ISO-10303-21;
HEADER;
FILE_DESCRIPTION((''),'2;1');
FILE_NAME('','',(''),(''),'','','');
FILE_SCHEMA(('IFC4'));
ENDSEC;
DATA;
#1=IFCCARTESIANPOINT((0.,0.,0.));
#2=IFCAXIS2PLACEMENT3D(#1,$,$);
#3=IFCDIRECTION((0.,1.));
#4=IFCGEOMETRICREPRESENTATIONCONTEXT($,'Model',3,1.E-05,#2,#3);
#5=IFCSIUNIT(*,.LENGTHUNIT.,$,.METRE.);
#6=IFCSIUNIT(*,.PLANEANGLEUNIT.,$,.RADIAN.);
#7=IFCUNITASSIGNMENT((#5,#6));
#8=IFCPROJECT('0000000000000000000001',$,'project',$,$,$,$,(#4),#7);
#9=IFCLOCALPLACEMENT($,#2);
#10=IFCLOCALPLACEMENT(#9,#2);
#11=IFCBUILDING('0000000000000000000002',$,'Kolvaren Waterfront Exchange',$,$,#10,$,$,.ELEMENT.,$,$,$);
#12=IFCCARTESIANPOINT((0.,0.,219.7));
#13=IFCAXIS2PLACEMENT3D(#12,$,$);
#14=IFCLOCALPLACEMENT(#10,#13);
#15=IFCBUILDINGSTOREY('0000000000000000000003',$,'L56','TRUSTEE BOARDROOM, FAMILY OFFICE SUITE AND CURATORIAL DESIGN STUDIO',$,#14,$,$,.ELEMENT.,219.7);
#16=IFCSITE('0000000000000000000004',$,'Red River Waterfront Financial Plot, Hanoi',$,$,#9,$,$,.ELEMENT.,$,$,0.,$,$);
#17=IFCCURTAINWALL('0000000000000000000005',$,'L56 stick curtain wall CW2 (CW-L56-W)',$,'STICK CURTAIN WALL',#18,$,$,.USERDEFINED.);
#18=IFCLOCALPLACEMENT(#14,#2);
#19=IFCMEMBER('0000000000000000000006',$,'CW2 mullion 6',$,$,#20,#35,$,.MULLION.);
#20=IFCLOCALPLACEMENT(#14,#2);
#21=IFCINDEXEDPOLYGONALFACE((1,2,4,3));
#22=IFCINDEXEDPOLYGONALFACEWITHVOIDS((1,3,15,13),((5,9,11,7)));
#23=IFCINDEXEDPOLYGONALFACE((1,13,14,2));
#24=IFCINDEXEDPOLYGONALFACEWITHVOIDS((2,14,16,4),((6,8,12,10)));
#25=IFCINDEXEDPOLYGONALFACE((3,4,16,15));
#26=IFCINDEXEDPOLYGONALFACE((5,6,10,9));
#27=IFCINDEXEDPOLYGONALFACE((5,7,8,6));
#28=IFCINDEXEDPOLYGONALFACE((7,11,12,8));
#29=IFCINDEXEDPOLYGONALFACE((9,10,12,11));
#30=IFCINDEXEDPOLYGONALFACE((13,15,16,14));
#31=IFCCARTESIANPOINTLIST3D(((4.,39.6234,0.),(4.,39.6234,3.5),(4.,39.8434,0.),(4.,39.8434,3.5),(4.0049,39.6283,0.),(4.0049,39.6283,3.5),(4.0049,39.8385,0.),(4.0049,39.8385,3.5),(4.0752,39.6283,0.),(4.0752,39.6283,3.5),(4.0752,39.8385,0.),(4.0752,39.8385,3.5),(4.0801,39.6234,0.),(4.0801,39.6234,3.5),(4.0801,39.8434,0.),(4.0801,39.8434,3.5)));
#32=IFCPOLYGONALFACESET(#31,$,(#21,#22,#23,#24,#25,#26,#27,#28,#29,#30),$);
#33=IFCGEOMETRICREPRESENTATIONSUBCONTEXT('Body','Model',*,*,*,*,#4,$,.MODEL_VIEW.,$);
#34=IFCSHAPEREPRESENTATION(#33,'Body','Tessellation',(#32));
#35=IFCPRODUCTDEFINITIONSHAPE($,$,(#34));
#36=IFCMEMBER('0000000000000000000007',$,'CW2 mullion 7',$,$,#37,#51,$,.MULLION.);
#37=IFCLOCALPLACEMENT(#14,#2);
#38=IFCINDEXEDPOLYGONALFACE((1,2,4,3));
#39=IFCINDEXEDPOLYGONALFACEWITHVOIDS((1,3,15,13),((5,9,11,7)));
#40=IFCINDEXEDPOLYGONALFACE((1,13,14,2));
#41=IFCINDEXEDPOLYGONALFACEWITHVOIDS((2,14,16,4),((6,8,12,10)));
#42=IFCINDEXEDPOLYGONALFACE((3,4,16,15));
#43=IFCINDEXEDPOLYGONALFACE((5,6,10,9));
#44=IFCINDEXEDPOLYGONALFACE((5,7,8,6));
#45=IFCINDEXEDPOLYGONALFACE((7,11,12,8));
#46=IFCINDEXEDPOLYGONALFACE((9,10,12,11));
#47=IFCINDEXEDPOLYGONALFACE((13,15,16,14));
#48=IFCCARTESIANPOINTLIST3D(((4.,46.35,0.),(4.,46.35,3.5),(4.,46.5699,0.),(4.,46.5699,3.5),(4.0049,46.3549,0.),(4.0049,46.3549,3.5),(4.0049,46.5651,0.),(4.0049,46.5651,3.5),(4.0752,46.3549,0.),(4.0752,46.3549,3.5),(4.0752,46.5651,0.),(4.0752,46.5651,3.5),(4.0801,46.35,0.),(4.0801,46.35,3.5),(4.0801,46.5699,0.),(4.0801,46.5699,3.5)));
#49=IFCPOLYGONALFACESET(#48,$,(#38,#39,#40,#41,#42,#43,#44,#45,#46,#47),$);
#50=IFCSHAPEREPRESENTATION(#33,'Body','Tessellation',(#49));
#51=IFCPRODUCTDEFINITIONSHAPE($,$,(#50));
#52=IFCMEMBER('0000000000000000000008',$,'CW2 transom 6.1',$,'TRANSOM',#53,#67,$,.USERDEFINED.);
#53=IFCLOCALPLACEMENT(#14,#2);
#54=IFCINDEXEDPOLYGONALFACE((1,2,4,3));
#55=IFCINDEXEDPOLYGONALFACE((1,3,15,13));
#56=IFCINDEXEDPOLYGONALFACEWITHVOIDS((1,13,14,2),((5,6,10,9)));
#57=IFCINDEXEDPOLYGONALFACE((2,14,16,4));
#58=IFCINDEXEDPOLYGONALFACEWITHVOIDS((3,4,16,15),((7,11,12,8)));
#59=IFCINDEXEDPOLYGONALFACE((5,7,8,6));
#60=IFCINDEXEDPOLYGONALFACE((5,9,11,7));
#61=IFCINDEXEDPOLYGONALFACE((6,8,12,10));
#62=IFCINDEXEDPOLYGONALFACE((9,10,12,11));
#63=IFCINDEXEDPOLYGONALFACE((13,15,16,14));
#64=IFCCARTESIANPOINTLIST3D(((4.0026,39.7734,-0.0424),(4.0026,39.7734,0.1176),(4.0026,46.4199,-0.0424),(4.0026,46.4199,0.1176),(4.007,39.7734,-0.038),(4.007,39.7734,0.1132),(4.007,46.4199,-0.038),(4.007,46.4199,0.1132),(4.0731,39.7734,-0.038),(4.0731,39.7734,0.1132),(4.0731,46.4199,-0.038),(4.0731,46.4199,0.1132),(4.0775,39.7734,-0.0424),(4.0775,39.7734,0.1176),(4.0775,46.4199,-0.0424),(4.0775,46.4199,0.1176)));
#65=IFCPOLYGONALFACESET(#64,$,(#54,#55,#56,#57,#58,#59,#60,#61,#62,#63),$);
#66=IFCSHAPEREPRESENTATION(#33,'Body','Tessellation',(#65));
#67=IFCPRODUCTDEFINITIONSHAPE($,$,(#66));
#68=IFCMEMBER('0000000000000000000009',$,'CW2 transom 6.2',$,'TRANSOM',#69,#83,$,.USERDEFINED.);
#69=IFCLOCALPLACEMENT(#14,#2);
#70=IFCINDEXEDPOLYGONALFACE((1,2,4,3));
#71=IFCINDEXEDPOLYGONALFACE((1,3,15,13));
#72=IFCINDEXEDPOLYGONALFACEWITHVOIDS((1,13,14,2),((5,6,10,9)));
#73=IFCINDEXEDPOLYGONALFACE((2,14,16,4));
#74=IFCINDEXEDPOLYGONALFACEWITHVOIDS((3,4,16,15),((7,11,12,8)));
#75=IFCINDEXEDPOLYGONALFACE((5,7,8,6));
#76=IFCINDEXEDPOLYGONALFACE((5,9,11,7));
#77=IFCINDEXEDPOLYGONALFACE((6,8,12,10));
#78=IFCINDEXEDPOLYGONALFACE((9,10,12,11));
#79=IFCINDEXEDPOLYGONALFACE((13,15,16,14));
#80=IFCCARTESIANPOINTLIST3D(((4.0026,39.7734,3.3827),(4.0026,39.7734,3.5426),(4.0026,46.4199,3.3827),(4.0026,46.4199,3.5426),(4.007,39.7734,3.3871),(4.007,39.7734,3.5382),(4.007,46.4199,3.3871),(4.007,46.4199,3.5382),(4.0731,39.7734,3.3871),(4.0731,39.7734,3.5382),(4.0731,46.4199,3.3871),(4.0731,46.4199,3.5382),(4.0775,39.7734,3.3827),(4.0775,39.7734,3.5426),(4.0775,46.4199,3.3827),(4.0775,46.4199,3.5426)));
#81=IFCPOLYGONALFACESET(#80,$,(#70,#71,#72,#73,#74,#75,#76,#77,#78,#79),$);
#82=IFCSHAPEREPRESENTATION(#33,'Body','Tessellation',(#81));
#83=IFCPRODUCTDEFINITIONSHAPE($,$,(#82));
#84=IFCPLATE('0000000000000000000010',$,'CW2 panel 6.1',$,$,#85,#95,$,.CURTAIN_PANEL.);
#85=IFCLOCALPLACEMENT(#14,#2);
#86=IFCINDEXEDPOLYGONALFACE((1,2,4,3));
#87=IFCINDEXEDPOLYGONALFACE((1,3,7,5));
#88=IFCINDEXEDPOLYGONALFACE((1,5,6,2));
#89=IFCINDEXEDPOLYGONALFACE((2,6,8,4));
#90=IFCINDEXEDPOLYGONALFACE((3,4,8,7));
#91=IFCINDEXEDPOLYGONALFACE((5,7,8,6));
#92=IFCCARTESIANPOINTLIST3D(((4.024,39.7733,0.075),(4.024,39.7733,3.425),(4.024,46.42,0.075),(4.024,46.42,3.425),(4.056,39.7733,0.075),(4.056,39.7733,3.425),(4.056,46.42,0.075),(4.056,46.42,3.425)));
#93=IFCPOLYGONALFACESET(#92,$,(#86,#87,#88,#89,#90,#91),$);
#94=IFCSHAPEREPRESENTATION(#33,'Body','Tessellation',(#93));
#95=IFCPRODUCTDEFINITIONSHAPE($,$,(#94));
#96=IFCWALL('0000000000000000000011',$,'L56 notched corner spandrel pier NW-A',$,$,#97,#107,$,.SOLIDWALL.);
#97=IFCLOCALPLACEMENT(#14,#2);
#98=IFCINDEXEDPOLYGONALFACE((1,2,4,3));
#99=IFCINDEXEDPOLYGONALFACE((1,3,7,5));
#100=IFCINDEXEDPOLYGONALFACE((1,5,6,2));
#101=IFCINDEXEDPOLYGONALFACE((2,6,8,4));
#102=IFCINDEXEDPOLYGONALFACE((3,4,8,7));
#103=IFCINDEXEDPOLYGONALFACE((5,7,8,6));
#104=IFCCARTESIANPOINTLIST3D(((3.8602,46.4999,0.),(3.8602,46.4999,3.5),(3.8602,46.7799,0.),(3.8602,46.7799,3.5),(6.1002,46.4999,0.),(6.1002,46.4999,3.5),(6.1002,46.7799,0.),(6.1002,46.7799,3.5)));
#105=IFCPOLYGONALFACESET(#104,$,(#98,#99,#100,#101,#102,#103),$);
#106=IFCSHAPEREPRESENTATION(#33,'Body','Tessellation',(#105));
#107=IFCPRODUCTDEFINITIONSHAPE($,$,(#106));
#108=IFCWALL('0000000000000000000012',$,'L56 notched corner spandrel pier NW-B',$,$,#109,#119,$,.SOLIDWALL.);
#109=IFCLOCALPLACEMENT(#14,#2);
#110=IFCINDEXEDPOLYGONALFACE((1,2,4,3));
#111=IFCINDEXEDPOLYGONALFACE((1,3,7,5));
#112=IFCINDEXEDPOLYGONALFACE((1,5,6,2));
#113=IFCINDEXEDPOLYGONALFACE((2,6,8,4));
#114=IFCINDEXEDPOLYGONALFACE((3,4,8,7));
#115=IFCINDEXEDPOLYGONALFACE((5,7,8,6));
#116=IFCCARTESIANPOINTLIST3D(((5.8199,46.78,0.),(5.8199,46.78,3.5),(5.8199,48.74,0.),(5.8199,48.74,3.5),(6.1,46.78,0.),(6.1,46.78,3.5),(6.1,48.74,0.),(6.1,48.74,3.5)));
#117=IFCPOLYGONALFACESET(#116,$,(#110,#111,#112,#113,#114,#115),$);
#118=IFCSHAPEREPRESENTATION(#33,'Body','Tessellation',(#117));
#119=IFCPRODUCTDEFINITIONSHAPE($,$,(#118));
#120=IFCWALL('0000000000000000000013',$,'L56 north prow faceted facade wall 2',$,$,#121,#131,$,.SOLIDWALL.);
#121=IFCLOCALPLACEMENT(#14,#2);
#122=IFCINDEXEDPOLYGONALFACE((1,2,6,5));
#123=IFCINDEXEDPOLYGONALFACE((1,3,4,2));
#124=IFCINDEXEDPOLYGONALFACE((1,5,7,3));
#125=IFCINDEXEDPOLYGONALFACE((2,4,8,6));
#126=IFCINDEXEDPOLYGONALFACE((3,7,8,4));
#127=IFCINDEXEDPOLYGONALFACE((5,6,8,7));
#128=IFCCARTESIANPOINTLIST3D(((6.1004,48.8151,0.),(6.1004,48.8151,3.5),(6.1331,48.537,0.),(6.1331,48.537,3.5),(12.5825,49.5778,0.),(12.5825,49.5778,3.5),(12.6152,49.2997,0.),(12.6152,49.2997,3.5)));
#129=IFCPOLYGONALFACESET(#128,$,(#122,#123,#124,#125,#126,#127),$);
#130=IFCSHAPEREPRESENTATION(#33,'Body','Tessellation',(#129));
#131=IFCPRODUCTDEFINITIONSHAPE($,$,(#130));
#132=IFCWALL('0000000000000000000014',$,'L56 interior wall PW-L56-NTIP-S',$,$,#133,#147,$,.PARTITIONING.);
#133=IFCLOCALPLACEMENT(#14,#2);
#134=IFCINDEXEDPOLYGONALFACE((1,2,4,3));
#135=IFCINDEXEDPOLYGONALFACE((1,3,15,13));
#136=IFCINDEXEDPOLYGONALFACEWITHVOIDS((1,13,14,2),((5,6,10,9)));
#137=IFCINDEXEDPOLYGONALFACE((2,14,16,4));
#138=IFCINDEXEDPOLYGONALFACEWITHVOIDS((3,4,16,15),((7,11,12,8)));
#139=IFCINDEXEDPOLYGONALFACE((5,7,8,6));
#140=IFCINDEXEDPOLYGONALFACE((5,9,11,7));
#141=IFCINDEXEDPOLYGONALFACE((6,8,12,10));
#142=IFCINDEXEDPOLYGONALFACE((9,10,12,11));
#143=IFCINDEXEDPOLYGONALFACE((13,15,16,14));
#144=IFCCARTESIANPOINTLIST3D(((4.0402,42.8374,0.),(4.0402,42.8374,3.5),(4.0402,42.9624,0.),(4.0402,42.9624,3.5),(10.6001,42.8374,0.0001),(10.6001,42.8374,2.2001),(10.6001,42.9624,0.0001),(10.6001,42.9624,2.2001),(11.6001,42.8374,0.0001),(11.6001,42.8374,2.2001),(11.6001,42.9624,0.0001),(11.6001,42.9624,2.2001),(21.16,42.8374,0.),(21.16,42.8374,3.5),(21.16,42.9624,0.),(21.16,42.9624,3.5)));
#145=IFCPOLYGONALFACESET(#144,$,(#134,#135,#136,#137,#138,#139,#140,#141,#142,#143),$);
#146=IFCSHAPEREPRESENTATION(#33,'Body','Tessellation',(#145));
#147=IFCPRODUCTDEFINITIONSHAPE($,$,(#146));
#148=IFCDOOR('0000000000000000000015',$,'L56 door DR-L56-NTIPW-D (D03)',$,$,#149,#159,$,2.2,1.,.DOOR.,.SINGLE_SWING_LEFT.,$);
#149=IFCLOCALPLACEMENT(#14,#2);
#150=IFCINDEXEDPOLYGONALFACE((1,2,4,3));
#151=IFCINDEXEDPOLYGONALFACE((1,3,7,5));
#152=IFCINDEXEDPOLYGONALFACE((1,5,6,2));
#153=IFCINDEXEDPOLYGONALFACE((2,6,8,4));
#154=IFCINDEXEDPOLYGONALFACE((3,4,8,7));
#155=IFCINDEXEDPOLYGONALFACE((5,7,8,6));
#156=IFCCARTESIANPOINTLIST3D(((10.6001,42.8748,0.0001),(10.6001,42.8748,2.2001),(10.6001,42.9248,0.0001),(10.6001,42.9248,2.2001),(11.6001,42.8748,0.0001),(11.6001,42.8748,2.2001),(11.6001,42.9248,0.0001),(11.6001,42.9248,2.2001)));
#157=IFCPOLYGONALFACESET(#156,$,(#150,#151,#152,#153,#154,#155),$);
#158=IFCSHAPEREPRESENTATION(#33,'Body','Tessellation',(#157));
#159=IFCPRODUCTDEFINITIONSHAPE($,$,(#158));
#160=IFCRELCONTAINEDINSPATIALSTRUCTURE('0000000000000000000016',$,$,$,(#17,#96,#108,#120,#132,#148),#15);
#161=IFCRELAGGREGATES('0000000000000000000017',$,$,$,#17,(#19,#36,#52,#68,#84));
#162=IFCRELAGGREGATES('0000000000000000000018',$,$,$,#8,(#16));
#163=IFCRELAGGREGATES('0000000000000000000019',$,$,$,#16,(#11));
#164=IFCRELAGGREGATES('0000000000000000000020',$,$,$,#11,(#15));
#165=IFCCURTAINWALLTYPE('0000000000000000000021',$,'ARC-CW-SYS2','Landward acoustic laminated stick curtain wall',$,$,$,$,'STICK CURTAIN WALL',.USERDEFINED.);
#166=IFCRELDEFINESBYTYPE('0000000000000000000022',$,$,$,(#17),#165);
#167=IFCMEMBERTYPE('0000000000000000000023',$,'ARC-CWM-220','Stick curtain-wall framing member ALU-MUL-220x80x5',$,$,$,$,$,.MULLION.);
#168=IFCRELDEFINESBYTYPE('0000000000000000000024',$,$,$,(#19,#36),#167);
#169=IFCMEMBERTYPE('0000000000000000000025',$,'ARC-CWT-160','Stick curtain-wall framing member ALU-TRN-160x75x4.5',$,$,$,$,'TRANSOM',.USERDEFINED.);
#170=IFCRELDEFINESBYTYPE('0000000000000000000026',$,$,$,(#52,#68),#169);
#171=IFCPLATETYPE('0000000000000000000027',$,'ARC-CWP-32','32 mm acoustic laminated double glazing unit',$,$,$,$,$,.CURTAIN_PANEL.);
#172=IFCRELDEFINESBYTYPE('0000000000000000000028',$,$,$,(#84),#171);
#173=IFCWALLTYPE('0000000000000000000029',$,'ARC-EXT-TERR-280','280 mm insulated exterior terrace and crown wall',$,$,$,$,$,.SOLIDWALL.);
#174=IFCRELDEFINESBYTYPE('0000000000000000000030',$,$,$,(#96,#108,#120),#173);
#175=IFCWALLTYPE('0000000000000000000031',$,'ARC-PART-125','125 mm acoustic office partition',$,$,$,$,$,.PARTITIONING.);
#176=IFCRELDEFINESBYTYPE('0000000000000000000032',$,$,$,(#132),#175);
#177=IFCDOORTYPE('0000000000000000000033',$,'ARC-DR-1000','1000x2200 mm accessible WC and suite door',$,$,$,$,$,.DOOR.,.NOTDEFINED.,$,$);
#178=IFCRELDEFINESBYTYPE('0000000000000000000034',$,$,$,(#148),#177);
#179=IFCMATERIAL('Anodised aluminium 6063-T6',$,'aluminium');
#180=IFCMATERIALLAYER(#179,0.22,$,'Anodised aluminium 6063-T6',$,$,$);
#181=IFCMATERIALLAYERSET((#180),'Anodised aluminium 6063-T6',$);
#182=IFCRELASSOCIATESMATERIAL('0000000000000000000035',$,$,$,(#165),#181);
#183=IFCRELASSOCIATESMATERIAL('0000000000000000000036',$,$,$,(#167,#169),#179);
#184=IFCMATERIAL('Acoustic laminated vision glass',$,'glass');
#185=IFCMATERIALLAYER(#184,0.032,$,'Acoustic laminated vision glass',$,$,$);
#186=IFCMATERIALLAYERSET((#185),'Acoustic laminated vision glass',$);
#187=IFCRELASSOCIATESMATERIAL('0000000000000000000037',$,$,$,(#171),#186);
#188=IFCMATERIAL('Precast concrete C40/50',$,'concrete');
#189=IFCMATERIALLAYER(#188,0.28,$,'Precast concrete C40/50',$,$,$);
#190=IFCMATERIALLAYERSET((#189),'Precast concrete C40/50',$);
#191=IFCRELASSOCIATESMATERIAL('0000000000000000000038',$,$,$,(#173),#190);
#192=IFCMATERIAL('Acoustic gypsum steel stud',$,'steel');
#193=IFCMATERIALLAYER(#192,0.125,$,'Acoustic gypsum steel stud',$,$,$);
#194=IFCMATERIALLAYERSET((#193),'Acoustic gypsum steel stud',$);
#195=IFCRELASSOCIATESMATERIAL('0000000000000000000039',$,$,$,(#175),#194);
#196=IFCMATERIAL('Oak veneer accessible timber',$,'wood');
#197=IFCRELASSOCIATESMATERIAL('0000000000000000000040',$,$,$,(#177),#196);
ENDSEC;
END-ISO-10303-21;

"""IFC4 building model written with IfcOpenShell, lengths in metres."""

from ifc_helpers import new_model, si_unit, direction, frame, frame_2d, origin, origin_with_axes, origin_2d, place, context, subcontext, project, spatial, rectangle, hollow_rectangle, extrude, source, transform, mapped, material, layer, layer_set, material_profile, profile_set, type_object, element, fill, aggregate, save


model = new_model("IFC4")

# Units and contexts
model_context = context("Model", 3, precision=1e-05, world=origin(), true_north=direction((0.0, 1.0)))
body_context = subcontext(model_context, "Body", "Model", "MODEL_VIEW")
ifc_project = project(units=[si_unit("LENGTHUNIT", "METRE"), si_unit("PLANEANGLEUNIT", "RADIAN")], contexts=[model_context])

# Site, building, storey
site_placement = place(None, origin())
site = spatial("IfcSite", under=ifc_project, at=site_placement, Name="Red River Waterfront Financial Plot, Hanoi", CompositionType="ELEMENT", RefElevation=0.0)
building_placement = place(site_placement, origin())
building = spatial("IfcBuilding", under=site, at=building_placement, Name="Kolvaren Waterfront Exchange", CompositionType="ELEMENT")
storey_placement = place(building_placement, frame((0.0, 0.0, 219.7)))
storey = spatial("IfcBuildingStorey", under=building, at=storey_placement, Name="L56", Description="TRUSTEE BOARDROOM, FAMILY OFFICE SUITE AND CURATORIAL DESIGN STUDIO", CompositionType="ELEMENT", Elevation=219.7)

# Curtain wall, members, plate
ifc_material_1 = material(Name="Anodised aluminium 6063-T6", Category="aluminium")
ifc_layer_1 = layer(ifc_material_1, 0.22, Name="Anodised aluminium 6063-T6")
ifc_layer_set_1 = layer_set([ifc_layer_1], Name="Anodised aluminium 6063-T6")
curtain_wall_type = type_object("IfcCurtainWallType", Name="ARC-CW-SYS2", Description="Landward acoustic laminated stick curtain wall", ElementType="STICK CURTAIN WALL", PredefinedType="USERDEFINED", material=ifc_layer_set_1)
curtain_wall_placement = place(storey_placement, origin())
curtain_wall = element("IfcCurtainWall", 1, at=curtain_wall_placement, inside=storey, type_object=curtain_wall_type, Name="L56 stick curtain wall CW2 (CW-L56-W)", ObjectType="STICK CURTAIN WALL", PredefinedType="USERDEFINED")
ifc_material_profile_1 = material_profile(ifc_material_1, hollow_rectangle(XDim=0.0801, YDim=0.22, WallThickness=0.0049, at=origin_2d()), Name="ALU-MUL-220x80x5")
ifc_profile_set_1 = profile_set([ifc_material_profile_1], Name="Anodised aluminium 6063-T6")
member_type_1 = type_object("IfcMemberType", Name="ARC-CWM-220", Description="Stick curtain-wall framing member ALU-MUL-220x80x5", PredefinedType="MULLION", material=ifc_profile_set_1)
shared_shape_1 = source(origin_with_axes(), body_context, "Body", "SweptSolid", [
    extrude(hollow_rectangle(XDim=0.0801, YDim=0.22, WallThickness=0.0049, at=origin_2d()), origin(), (0.0, 0.0, 1.0), 3.5),
])
member_1_placement = place(storey_placement, frame((4.04, 39.7334, 0.0), z_axis=(0.0, 0.0, 1.0), x_axis=(-1.0, 0.0, 0.0)))
member_1 = element("IfcMember", 2, at=member_1_placement, type_object=member_type_1, Name="CW2 mullion 6", PredefinedType="MULLION", context=body_context, shape_type="MappedRepresentation", body=[
    mapped(shared_shape_1, transform((0.0, 0.0, 0.0), x_axis=(1.0, 0.0, 0.0), y_axis=(0.0, 1.0, 0.0), z_axis=(0.0, 0.0, 1.0), scale=1.0)),
])
member_2_placement = place(storey_placement, frame((4.04, 46.46, 0.0), z_axis=(0.0, 0.0, 1.0), x_axis=(-1.0, 0.0, 0.0)))
member_2 = element("IfcMember", 3, at=member_2_placement, type_object=member_type_1, Name="CW2 mullion 7", PredefinedType="MULLION", context=body_context, shape_type="MappedRepresentation", body=[
    mapped(shared_shape_1, transform((0.0, 0.0, 0.0), x_axis=(1.0, 0.0, 0.0), y_axis=(0.0, 1.0, 0.0), z_axis=(0.0, 0.0, 1.0), scale=1.0)),
])
ifc_material_profile_2 = material_profile(ifc_material_1, hollow_rectangle(XDim=0.075, YDim=0.1599, WallThickness=0.0044, at=origin_2d()), Name="ALU-TRN-160x75x4.5")
ifc_profile_set_2 = profile_set([ifc_material_profile_2], Name="Anodised aluminium 6063-T6")
member_type_2 = type_object("IfcMemberType", Name="ARC-CWT-160", Description="Stick curtain-wall framing member ALU-TRN-160x75x4.5", ElementType="TRANSOM", PredefinedType="USERDEFINED", material=ifc_profile_set_2)
shared_shape_2 = source(origin_with_axes(), body_context, "Body", "SweptSolid", [
    extrude(hollow_rectangle(XDim=0.075, YDim=0.1599, WallThickness=0.0044, at=origin_2d()), origin(), (0.0, 0.0, 1.0), 6.6465),
])
member_3_placement = place(storey_placement, frame((4.04, 39.7734, 0.0376), z_axis=(0.0, 1.0, 0.0), x_axis=(-1.0, 0.0, 0.0)))
member_3 = element("IfcMember", 4, at=member_3_placement, type_object=member_type_2, Name="CW2 transom 6.1", ObjectType="TRANSOM", PredefinedType="USERDEFINED", context=body_context, shape_type="MappedRepresentation", body=[
    mapped(shared_shape_2, transform((0.0, 0.0, 0.0), x_axis=(1.0, 0.0, 0.0), y_axis=(0.0, 1.0, 0.0), z_axis=(0.0, 0.0, 1.0), scale=1.0)),
])
member_4_placement = place(storey_placement, frame((4.04, 39.7734, 3.4626), z_axis=(0.0, 1.0, 0.0), x_axis=(-1.0, 0.0, 0.0)))
member_4 = element("IfcMember", 5, at=member_4_placement, type_object=member_type_2, Name="CW2 transom 6.2", ObjectType="TRANSOM", PredefinedType="USERDEFINED", context=body_context, shape_type="MappedRepresentation", body=[
    mapped(shared_shape_2, transform((0.0, 0.0, 0.0), x_axis=(1.0, 0.0, 0.0), y_axis=(0.0, 1.0, 0.0), z_axis=(0.0, 0.0, 1.0), scale=1.0)),
])
ifc_material_2 = material(Name="Acoustic laminated vision glass", Category="glass")
ifc_layer_2 = layer(ifc_material_2, 0.032, Name="Acoustic laminated vision glass")
ifc_layer_set_2 = layer_set([ifc_layer_2], Name="Acoustic laminated vision glass")
plate_type = type_object("IfcPlateType", Name="ARC-CWP-32", Description="32 mm acoustic laminated double glazing unit", PredefinedType="CURTAIN_PANEL", material=ifc_layer_set_2)
shared_shape_3 = source(origin_with_axes(), body_context, "Body", "SweptSolid", [
    extrude(rectangle(XDim=6.6467, YDim=0.032, at=origin_2d()), origin(), (0.0, 0.0, 1.0), 3.3501),
])
plate_placement = place(storey_placement, frame((4.04, 43.0967, 0.075), z_axis=(0.0, 0.0, 1.0), x_axis=(0.0, 1.0, 0.0)))
plate = element("IfcPlate", 6, at=plate_placement, type_object=plate_type, Name="CW2 panel 6.1", PredefinedType="CURTAIN_PANEL", context=body_context, shape_type="MappedRepresentation", body=[
    mapped(shared_shape_3, transform((0.0, 0.0, 0.0), x_axis=(1.0, 0.0, 0.0), y_axis=(0.0, 1.0, 0.0), z_axis=(0.0, 0.0, 1.0), scale=1.0)),
])
aggregate(curtain_wall, [member_1, member_2, member_3, member_4, plate])

# Walls
ifc_material_3 = material(Name="Precast concrete C40/50", Category="concrete")
ifc_layer_3 = layer(ifc_material_3, 0.28, Name="Precast concrete C40/50")
ifc_layer_set_3 = layer_set([ifc_layer_3], Name="Precast concrete C40/50")
wall_type_1 = type_object("IfcWallType", Name="ARC-EXT-TERR-280", Description="280 mm insulated exterior terrace and crown wall", PredefinedType="SOLIDWALL", material=ifc_layer_set_3)
wall_1_placement = place(storey_placement, frame((3.8601, 46.6399, 0.0), z_axis=(0.0, 0.0, 1.0), x_axis=(1.0, 0.0, 0.0)))
element("IfcWall", 7, at=wall_1_placement, inside=storey, type_object=wall_type_1, Name="L56 notched corner spandrel pier NW-A", PredefinedType="SOLIDWALL", context=body_context, shape_type="SweptSolid", body=[
    extrude(rectangle(XDim=2.24, YDim=0.28, at=frame_2d((1.1201, 0.0))), origin(), (0.0, 0.0, 1.0), 3.5),
])
wall_2_placement = place(storey_placement, frame((5.96, 46.78, 0.0), z_axis=(0.0, 0.0, 1.0), x_axis=(0.0, 1.0, 0.0)))
element("IfcWall", 8, at=wall_2_placement, inside=storey, type_object=wall_type_1, Name="L56 notched corner spandrel pier NW-B", PredefinedType="SOLIDWALL", context=body_context, shape_type="SweptSolid", body=[
    extrude(rectangle(XDim=1.96, YDim=0.28, at=frame_2d((0.98, 0.0))), origin(), (0.0, 0.0, 1.0), 3.5),
])
wall_3_placement = place(storey_placement, frame((12.5989, 49.4387, 0.0), z_axis=(0.0, 0.0, 1.0), x_axis=(-0.993149, -0.116854, 0.0)))
element("IfcWall", 9, at=wall_3_placement, inside=storey, type_object=wall_type_1, Name="L56 north prow faceted facade wall 2", PredefinedType="SOLIDWALL", context=body_context, shape_type="SweptSolid", body=[
    extrude(rectangle(XDim=6.5269, YDim=0.28, at=frame_2d((3.2634, 0.0))), origin(), (0.0, 0.0, 1.0), 3.5),
])

# Wall, opening, door
ifc_material_4 = material(Name="Acoustic gypsum steel stud", Category="steel")
ifc_layer_4 = layer(ifc_material_4, 0.125, Name="Acoustic gypsum steel stud")
ifc_layer_set_4 = layer_set([ifc_layer_4], Name="Acoustic gypsum steel stud")
wall_type_2 = type_object("IfcWallType", Name="ARC-PART-125", Description="125 mm acoustic office partition", PredefinedType="PARTITIONING", material=ifc_layer_set_4)
wall_4_placement = place(storey_placement, frame((4.04, 42.8999, 0.0), z_axis=(0.0, 0.0, 1.0), x_axis=(1.0, 0.0, 0.0)))
wall_4 = element("IfcWall", 10, at=wall_4_placement, inside=storey, type_object=wall_type_2, Name="L56 interior wall PW-L56-NTIP-S", PredefinedType="PARTITIONING", context=body_context, shape_type="SweptSolid", body=[
    extrude(rectangle(XDim=17.1199, YDim=0.125, at=frame_2d((8.5601, 0.0))), origin(), (0.0, 0.0, 1.0), 3.5),
])
opening_1_placement = place(wall_4_placement, frame((6.5601, 0.0, 0.0)))
opening_1 = element("IfcOpeningElement", 11, at=opening_1_placement, cuts=wall_4, PredefinedType="OPENING", context=body_context, shape_type="SweptSolid", body=[
    extrude(rectangle(XDim=1.0, YDim=2.2, at=frame_2d((0.5, 1.1001))), frame((0.0, 0.0725, 0.0), z_axis=(0.0, -1.0, 0.0), x_axis=(1.0, 0.0, 0.0)), (0.0, 0.0, 1.0), 0.145),
])
ifc_material_5 = material(Name="Oak veneer accessible timber", Category="wood")
door_type_1 = type_object("IfcDoorType", Name="ARC-DR-1000", Description="1000x2200 mm accessible WC and suite door", OperationType="NOTDEFINED", PredefinedType="DOOR", material=ifc_material_5)
door_1_placement = place(opening_1_placement, origin())
door_1 = element("IfcDoor", 12, at=door_1_placement, inside=storey, type_object=door_type_1, Name="L56 door DR-L56-NTIPW-D (D03)", OperationType="SINGLE_SWING_LEFT", OverallHeight=2.2, OverallWidth=1.0, PredefinedType="DOOR", context=body_context, shape_type="SweptSolid", body=[
    extrude(rectangle(XDim=1.0, YDim=2.2, at=frame_2d((0.5, 1.1001))), frame((0.0, 0.0249, 0.0), z_axis=(0.0, -1.0, 0.0), x_axis=(1.0, 0.0, 0.0)), (0.0, 0.0, 1.0), 0.05),
])
fill(opening_1, door_1)

save(model, "model.ifc")
